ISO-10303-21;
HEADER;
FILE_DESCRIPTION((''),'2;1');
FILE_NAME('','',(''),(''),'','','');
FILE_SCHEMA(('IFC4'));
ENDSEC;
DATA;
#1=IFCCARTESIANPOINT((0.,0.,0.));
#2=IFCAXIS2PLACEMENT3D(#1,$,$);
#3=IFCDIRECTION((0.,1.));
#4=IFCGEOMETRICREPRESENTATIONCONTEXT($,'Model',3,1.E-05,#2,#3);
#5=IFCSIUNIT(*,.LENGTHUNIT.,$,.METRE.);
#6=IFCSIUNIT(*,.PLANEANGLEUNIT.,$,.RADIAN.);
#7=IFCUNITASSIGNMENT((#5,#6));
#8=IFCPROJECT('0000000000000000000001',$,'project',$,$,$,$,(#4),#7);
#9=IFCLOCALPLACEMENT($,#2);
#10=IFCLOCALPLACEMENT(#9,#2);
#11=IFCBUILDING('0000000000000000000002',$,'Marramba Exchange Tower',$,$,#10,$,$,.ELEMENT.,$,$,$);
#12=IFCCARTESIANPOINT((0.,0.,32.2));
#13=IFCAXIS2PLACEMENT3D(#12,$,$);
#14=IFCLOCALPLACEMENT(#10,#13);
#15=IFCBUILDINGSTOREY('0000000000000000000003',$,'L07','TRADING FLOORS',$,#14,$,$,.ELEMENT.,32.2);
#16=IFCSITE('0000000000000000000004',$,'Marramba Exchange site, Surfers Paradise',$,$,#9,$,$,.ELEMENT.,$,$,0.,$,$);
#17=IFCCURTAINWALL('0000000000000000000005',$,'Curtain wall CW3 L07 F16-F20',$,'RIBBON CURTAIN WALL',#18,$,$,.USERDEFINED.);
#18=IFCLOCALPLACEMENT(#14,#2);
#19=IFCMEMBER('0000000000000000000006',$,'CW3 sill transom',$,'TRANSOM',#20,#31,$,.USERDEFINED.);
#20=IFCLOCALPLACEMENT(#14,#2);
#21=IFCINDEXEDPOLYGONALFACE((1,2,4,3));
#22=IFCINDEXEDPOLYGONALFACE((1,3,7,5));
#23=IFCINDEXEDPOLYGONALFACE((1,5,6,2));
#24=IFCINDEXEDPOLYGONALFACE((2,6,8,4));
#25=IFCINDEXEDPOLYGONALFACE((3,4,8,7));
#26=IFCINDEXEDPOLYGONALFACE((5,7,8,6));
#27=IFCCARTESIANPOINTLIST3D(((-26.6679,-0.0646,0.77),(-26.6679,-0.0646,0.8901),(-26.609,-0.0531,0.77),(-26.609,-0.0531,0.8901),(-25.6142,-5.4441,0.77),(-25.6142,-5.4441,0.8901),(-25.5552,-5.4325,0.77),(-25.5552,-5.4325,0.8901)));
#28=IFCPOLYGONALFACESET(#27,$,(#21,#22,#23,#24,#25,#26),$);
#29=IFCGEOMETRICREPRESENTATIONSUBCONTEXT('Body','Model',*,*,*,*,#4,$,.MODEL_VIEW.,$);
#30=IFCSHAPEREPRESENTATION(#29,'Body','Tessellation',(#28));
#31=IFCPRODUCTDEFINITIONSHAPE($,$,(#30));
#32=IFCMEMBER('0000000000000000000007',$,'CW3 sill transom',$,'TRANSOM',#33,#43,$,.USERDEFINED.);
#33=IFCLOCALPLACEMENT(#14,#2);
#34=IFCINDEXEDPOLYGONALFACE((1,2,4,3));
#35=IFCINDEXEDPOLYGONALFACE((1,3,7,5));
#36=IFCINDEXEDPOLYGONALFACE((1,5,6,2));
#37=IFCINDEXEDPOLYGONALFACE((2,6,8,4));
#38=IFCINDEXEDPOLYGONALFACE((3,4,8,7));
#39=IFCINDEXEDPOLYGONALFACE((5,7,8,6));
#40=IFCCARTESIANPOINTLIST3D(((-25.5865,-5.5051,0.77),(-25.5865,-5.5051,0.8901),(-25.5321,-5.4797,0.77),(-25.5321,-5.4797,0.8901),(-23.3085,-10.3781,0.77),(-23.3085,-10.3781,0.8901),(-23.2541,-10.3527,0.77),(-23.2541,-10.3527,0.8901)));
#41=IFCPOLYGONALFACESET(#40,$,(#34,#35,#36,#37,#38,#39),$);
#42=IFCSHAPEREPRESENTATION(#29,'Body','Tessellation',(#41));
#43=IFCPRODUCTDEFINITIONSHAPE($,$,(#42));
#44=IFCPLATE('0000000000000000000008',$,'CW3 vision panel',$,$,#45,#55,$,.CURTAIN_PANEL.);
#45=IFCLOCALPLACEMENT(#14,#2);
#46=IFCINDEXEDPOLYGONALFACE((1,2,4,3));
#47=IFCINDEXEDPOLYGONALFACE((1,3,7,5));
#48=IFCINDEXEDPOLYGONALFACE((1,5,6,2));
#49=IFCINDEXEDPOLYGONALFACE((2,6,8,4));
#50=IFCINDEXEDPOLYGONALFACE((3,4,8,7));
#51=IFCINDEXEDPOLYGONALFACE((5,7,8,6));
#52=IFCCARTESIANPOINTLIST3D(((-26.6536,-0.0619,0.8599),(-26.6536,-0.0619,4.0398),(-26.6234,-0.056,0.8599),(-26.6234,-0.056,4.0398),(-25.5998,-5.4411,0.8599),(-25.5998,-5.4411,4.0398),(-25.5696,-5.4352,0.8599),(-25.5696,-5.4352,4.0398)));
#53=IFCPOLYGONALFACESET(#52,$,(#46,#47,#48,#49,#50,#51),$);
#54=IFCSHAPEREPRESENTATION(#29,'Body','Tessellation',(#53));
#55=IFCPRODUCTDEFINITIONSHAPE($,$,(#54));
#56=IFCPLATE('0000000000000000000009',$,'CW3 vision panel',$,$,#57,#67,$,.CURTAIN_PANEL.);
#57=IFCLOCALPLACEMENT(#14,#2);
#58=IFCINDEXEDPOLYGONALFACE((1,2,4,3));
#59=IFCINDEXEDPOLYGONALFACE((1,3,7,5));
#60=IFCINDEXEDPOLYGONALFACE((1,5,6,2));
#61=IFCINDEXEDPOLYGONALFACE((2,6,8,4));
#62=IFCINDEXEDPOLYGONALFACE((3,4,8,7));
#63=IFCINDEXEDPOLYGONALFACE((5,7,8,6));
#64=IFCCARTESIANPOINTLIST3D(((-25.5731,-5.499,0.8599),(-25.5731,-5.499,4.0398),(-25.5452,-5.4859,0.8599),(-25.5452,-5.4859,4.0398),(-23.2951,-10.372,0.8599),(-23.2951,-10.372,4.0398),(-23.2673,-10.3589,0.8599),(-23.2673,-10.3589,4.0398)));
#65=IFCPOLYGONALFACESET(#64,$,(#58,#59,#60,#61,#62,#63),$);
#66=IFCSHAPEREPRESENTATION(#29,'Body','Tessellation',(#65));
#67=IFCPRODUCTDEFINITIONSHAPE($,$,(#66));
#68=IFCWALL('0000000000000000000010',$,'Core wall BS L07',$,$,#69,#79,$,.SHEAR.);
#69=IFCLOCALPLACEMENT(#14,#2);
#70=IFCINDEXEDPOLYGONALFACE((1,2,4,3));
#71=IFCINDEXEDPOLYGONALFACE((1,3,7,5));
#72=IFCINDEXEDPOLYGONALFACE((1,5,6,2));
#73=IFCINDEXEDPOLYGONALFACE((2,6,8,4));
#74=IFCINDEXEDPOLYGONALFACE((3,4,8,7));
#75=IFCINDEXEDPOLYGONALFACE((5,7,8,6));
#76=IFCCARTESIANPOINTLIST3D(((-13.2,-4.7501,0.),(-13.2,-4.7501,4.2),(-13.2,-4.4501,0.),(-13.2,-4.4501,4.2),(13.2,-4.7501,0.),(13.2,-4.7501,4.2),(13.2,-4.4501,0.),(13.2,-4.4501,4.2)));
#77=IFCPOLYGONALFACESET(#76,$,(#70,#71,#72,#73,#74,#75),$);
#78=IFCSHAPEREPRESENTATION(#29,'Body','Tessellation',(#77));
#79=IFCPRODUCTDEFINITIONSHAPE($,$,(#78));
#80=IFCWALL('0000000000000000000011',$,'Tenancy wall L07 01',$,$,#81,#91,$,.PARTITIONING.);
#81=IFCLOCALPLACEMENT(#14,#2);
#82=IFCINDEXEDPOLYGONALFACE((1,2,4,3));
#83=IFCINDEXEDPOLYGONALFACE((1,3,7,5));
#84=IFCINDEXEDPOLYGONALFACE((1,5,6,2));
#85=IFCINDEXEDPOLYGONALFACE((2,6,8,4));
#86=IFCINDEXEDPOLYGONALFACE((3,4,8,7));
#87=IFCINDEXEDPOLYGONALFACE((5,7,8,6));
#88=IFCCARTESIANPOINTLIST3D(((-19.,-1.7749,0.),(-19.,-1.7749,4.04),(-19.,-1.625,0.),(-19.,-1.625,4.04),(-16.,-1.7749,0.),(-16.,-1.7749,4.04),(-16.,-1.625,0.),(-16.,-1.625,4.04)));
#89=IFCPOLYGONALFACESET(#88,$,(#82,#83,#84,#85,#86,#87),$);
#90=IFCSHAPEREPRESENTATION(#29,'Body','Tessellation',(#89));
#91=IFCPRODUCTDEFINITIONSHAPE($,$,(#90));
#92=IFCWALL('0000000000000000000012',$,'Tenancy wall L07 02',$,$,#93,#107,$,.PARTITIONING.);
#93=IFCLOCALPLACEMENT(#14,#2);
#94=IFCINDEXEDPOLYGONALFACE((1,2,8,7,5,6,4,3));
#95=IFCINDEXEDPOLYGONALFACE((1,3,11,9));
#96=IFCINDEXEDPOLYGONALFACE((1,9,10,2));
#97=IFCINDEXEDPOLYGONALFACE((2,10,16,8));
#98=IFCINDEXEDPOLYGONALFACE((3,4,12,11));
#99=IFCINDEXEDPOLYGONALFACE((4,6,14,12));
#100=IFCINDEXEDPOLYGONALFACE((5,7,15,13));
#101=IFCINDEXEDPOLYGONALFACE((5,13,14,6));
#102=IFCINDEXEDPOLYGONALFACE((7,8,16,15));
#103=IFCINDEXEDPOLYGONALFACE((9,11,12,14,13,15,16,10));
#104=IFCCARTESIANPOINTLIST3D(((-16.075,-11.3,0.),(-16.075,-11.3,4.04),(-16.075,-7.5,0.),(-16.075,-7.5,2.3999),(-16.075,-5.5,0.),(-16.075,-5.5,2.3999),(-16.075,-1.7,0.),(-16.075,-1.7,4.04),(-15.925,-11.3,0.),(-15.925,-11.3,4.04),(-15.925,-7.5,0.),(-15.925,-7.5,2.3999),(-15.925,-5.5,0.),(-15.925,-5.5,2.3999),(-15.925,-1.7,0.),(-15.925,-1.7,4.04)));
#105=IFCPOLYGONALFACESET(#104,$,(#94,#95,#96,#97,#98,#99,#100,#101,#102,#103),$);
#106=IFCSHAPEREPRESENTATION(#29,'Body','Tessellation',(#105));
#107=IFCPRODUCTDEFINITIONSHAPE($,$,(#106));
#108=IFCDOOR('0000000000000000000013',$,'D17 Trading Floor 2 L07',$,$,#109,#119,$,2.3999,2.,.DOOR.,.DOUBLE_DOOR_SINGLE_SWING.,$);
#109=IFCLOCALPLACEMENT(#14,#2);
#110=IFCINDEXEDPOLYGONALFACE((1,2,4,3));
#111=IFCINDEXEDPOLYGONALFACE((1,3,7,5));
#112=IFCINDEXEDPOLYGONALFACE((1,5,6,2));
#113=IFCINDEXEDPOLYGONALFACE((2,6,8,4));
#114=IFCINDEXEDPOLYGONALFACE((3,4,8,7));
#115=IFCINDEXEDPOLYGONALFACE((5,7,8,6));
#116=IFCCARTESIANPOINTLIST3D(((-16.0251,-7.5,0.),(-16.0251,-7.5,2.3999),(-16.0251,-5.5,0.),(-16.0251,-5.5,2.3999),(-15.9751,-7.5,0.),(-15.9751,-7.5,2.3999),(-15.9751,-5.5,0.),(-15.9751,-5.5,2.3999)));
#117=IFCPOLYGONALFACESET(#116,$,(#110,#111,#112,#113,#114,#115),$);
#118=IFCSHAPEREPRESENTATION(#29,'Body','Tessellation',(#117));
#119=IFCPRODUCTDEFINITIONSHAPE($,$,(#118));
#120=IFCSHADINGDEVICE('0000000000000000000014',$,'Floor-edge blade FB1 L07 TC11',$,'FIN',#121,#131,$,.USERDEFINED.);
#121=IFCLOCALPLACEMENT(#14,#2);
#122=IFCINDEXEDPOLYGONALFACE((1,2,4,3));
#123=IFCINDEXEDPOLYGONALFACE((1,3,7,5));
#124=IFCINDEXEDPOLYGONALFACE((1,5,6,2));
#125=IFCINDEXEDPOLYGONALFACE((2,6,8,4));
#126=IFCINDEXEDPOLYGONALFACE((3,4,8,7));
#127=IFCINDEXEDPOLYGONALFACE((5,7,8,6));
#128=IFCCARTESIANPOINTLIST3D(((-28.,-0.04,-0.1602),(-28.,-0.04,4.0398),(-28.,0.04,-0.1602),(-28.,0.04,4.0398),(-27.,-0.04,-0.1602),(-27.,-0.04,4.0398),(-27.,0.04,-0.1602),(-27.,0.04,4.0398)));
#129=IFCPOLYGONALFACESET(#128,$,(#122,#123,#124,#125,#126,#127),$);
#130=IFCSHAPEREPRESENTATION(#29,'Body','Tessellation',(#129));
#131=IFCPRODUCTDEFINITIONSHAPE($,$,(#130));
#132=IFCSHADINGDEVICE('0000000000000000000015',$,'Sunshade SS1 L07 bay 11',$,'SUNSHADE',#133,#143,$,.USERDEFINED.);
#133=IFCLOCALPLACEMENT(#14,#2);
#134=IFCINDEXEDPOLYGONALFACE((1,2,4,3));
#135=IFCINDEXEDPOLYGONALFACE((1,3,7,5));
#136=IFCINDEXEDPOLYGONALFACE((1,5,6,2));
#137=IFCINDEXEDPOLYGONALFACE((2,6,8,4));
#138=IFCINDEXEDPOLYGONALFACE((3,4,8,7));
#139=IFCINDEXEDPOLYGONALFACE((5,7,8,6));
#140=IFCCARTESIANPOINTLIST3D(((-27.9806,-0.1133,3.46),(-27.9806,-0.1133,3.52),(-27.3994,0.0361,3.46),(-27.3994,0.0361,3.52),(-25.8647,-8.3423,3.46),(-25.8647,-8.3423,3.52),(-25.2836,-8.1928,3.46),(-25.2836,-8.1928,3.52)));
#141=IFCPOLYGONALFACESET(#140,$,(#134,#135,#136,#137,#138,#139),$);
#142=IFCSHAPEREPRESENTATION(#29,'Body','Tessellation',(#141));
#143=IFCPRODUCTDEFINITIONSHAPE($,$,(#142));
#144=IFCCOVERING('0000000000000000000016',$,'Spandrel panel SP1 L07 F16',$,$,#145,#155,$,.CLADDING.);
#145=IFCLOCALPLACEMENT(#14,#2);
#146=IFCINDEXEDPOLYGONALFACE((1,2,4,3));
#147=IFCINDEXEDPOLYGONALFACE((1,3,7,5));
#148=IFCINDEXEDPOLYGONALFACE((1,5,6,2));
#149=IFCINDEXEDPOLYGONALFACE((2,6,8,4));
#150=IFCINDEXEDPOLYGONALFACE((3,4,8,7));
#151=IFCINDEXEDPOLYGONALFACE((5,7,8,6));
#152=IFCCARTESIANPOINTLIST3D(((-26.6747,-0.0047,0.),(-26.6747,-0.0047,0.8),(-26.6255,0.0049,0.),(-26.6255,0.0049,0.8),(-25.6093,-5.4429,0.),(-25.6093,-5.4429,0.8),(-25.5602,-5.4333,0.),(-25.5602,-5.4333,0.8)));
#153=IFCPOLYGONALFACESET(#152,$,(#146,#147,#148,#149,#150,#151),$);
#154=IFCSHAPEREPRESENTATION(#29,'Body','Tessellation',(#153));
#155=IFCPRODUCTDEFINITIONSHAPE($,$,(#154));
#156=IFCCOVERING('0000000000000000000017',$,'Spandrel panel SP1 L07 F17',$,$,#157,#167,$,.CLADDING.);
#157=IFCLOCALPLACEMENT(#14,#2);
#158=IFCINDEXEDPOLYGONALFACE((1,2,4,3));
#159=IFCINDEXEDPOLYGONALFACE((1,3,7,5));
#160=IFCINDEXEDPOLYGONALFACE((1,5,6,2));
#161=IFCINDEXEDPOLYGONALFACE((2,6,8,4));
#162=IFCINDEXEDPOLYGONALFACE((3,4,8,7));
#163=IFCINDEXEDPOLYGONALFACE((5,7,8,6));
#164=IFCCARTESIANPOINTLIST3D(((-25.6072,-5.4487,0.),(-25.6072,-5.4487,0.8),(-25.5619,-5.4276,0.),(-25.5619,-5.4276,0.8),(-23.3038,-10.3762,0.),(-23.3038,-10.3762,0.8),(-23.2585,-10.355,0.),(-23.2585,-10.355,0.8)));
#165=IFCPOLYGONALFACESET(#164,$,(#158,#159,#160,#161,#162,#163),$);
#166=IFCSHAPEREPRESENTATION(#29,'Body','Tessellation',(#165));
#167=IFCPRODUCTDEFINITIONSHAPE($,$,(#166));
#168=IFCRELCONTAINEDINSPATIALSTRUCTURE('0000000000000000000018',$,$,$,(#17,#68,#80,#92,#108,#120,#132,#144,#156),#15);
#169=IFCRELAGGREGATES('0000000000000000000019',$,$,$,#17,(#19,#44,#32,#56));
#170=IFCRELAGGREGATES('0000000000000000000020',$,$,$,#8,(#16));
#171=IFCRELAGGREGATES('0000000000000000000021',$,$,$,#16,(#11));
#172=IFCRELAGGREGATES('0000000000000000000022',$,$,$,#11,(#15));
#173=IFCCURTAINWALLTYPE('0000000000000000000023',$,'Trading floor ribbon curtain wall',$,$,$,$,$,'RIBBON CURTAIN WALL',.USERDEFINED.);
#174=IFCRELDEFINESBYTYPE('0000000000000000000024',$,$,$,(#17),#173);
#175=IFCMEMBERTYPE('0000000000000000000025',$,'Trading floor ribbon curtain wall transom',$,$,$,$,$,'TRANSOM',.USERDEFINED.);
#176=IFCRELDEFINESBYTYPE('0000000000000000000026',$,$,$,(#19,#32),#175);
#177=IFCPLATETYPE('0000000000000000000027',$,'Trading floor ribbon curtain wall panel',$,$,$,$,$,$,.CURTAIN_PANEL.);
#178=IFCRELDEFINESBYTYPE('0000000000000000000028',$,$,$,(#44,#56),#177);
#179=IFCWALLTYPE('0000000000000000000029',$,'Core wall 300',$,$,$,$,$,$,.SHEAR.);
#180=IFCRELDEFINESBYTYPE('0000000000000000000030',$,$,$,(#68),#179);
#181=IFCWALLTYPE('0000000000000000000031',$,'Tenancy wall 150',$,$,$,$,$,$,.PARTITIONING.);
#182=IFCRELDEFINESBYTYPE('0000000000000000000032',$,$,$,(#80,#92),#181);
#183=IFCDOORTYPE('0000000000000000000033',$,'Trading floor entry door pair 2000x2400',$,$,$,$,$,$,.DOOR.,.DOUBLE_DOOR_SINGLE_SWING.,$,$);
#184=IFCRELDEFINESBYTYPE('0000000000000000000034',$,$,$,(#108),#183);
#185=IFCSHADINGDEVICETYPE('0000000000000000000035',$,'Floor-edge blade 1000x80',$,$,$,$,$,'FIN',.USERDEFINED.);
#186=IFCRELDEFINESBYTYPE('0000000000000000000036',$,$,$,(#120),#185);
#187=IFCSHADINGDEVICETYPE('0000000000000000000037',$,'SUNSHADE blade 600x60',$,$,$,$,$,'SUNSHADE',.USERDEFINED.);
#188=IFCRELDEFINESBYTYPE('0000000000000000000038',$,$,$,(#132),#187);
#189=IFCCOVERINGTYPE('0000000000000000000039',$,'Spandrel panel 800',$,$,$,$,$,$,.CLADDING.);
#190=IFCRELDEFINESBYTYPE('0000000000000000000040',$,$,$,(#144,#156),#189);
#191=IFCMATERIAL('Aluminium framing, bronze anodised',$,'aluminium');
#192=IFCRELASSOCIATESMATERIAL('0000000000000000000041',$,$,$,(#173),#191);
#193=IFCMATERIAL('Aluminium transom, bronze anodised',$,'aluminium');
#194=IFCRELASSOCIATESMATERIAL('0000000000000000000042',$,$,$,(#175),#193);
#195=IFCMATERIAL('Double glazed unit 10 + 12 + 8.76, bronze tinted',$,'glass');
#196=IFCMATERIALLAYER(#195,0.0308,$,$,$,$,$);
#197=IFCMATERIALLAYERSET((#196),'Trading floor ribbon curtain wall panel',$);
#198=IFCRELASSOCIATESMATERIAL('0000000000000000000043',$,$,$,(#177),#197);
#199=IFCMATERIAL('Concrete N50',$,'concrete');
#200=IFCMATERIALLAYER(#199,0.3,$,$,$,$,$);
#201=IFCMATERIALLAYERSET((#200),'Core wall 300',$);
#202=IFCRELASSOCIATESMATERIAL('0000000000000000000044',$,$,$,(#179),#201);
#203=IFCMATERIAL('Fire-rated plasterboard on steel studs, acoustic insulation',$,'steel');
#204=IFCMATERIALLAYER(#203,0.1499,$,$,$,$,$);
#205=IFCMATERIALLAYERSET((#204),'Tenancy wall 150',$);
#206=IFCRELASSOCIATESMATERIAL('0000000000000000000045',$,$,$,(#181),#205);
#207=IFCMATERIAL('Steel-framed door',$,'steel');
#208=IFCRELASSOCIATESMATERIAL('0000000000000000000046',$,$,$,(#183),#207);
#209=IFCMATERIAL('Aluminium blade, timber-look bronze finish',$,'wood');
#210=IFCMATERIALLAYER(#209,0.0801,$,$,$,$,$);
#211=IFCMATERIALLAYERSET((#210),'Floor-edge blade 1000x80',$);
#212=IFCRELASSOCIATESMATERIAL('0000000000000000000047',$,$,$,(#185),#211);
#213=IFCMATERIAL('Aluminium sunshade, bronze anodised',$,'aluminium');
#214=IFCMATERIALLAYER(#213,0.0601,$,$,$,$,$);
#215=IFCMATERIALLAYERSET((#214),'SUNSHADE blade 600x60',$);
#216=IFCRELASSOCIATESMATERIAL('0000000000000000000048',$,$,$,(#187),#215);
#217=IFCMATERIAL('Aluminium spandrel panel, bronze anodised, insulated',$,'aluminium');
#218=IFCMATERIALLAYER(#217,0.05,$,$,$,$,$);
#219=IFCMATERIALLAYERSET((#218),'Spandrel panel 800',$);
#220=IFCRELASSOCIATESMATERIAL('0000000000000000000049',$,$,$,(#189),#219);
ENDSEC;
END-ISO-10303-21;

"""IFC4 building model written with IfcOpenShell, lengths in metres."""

from ifc_helpers import new_model, si_unit, direction, frame, frame_2d, origin, origin_2d, place, context, subcontext, project, spatial, rectangle, extrude, material, layer, layer_set, material_profile, profile_set, type_object, element, fill, aggregate, save


model = new_model("IFC4")

# Units and contexts
model_context = context("Model", 3, precision=1e-05, world=origin(), true_north=direction((0.0, 1.0)))
body_context = subcontext(model_context, "Body", "Model", "MODEL_VIEW")
ifc_project = project(units=[si_unit("LENGTHUNIT", "METRE"), si_unit("PLANEANGLEUNIT", "RADIAN")], contexts=[model_context])

# Site, building, storey
site_placement = place(None, origin())
site = spatial("IfcSite", under=ifc_project, at=site_placement, Name="Marramba Exchange site, Surfers Paradise", CompositionType="ELEMENT", RefElevation=0.0)
building_placement = place(site_placement, origin())
building = spatial("IfcBuilding", under=site, at=building_placement, Name="Marramba Exchange Tower", CompositionType="ELEMENT")
storey_placement = place(building_placement, frame((0.0, 0.0, 32.2)))
storey = spatial("IfcBuildingStorey", under=building, at=storey_placement, Name="L07", Description="TRADING FLOORS", CompositionType="ELEMENT", Elevation=32.2)

# Shared definitions
ifc_material_1 = material(Name="Concrete N50", Category="concrete")

# Curtain wall, members, plates
ifc_material_2 = material(Name="Aluminium framing, bronze anodised", Category="aluminium")
curtain_wall_type = type_object("IfcCurtainWallType", Name="Trading floor ribbon curtain wall", ElementType="RIBBON CURTAIN WALL", PredefinedType="USERDEFINED", material=ifc_material_2)
curtain_wall_placement = place(storey_placement, origin())
curtain_wall = element("IfcCurtainWall", 1, at=curtain_wall_placement, inside=storey, type_object=curtain_wall_type, Name="Curtain wall CW3 L07 F16-F20", ObjectType="RIBBON CURTAIN WALL", PredefinedType="USERDEFINED")
ifc_material_3 = material(Name="Aluminium transom, bronze anodised", Category="aluminium")
ifc_material_profile_1 = material_profile(ifc_material_3, rectangle(XDim=0.0601, YDim=0.1201, at=origin_2d()), Name="CW3 transom 60x120")
ifc_profile_set_1 = profile_set([ifc_material_profile_1], Name="Aluminium transom, bronze anodised")
member_type_1 = type_object("IfcMemberType", Name="Trading floor ribbon curtain wall transom", ElementType="TRANSOM", PredefinedType="USERDEFINED", material=ifc_profile_set_1)
member_1_placement = place(storey_placement, frame((-26.6384, -0.0588, 0.8301), z_axis=(0.192226, -0.981351, 0.0), x_axis=(0.981351, 0.192226, 0.0)))
member_1 = element("IfcMember", 2, at=member_1_placement, type_object=member_type_1, Name="CW3 sill transom", ObjectType="TRANSOM", PredefinedType="USERDEFINED", context=body_context, shape_type="SweptSolid", body=[
    extrude(rectangle(XDim=0.0601, YDim=0.1201, at=origin_2d()), origin(), (0.0, 0.0, 1.0), 5.4817),
])
member_2_placement = place(storey_placement, frame((-25.5593, -5.4924, 0.8301), z_axis=(0.423494, -0.905899, 0.0), x_axis=(0.905899, 0.423494, 0.0)))
member_2 = element("IfcMember", 3, at=member_2_placement, type_object=member_type_1, Name="CW3 sill transom", ObjectType="TRANSOM", PredefinedType="USERDEFINED", context=body_context, shape_type="SweptSolid", body=[
    extrude(rectangle(XDim=0.0601, YDim=0.1201, at=origin_2d()), origin(), (0.0, 0.0, 1.0), 5.3792),
])
ifc_material_4 = material(Name="Double glazed unit 10 + 12 + 8.76, bronze tinted", Category="glass")
ifc_layer_1 = layer(ifc_material_4, 0.0308)
ifc_layer_set_1 = layer_set([ifc_layer_1], Name="Trading floor ribbon curtain wall panel")
plate_type = type_object("IfcPlateType", Name="Trading floor ribbon curtain wall panel", PredefinedType="CURTAIN_PANEL", material=ifc_layer_set_1)
plate_1_placement = place(storey_placement, frame((-26.1116, -2.7485, 0.8599), z_axis=(0.0, 0.0, 1.0), x_axis=(0.192249, -0.981346, 0.0)))
plate_1 = element("IfcPlate", 4, at=plate_1_placement, type_object=plate_type, Name="CW3 vision panel", PredefinedType="CURTAIN_PANEL", context=body_context, shape_type="SweptSolid", body=[
    extrude(rectangle(XDim=5.4814, YDim=0.0308, at=origin_2d()), origin(), (0.0, 0.0, 1.0), 3.1799),
])
plate_2_placement = place(storey_placement, frame((-24.4202, -7.929, 0.8599), z_axis=(0.0, 0.0, 1.0), x_axis=(0.423477, -0.905907, 0.0)))
plate_2 = element("IfcPlate", 5, at=plate_2_placement, type_object=plate_type, Name="CW3 vision panel", PredefinedType="CURTAIN_PANEL", context=body_context, shape_type="SweptSolid", body=[
    extrude(rectangle(XDim=5.3792, YDim=0.0308, at=origin_2d()), origin(), (0.0, 0.0, 1.0), 3.1799),
])
aggregate(curtain_wall, [member_1, plate_1, member_2, plate_2])

# Walls
ifc_layer_2 = layer(ifc_material_1, 0.3)
ifc_layer_set_2 = layer_set([ifc_layer_2], Name="Core wall 300")
wall_type_1 = type_object("IfcWallType", Name="Core wall 300", PredefinedType="SHEAR", material=ifc_layer_set_2)
wall_1_placement = place(storey_placement, frame((-13.2, -4.6001, 0.0), z_axis=(0.0, 0.0, 1.0), x_axis=(1.0, 0.0, 0.0)))
element("IfcWall", 6, at=wall_1_placement, inside=storey, type_object=wall_type_1, Name="Core wall BS L07", PredefinedType="SHEAR", context=body_context, shape_type="SweptSolid", body=[
    extrude(rectangle(XDim=26.3999, YDim=0.3, at=frame_2d((13.2, 0.0))), origin(), (0.0, 0.0, 1.0), 4.2),
])
ifc_material_5 = material(Name="Fire-rated plasterboard on steel studs, acoustic insulation", Category="steel")
ifc_layer_3 = layer(ifc_material_5, 0.1499)
ifc_layer_set_3 = layer_set([ifc_layer_3], Name="Tenancy wall 150")
wall_type_2 = type_object("IfcWallType", Name="Tenancy wall 150", PredefinedType="PARTITIONING", material=ifc_layer_set_3)
wall_2_placement = place(storey_placement, frame((-19.0, -1.7, 0.0), z_axis=(0.0, 0.0, 1.0), x_axis=(1.0, 0.0, 0.0)))
element("IfcWall", 7, at=wall_2_placement, inside=storey, type_object=wall_type_2, Name="Tenancy wall L07 01", PredefinedType="PARTITIONING", context=body_context, shape_type="SweptSolid", body=[
    extrude(rectangle(XDim=3.0, YDim=0.1499, at=frame_2d((1.5, 0.0))), origin(), (0.0, 0.0, 1.0), 4.04),
])

# Wall, opening, door
wall_3_placement = place(storey_placement, frame((-16.0, -1.7, 0.0), z_axis=(0.0, 0.0, 1.0), x_axis=(0.0, -1.0, 0.0)))
wall_3 = element("IfcWall", 8, at=wall_3_placement, inside=storey, type_object=wall_type_2, Name="Tenancy wall L07 02", PredefinedType="PARTITIONING", context=body_context, shape_type="SweptSolid", body=[
    extrude(rectangle(XDim=9.6001, YDim=0.1499, at=frame_2d((4.8, 0.0))), origin(), (0.0, 0.0, 1.0), 4.04),
])
opening_placement = place(wall_3_placement, frame((3.8, 0.0, 0.0)))
opening = element("IfcOpeningElement", 9, at=opening_placement, cuts=wall_3, PredefinedType="OPENING", context=body_context, shape_type="SweptSolid", body=[
    extrude(rectangle(XDim=2.0, YDim=2.3999, at=frame_2d((1.0, 1.2))), frame((0.0, 0.085, 0.0), z_axis=(0.0, -1.0, 0.0), x_axis=(1.0, 0.0, 0.0)), (0.0, 0.0, 1.0), 0.1699),
])
ifc_material_6 = material(Name="Steel-framed door", Category="steel")
door_type = type_object("IfcDoorType", Name="Trading floor entry door pair 2000x2400", OperationType="DOUBLE_DOOR_SINGLE_SWING", PredefinedType="DOOR", material=ifc_material_6)
door_placement = place(opening_placement, origin())
door = element("IfcDoor", 10, at=door_placement, inside=storey, type_object=door_type, Name="D17 Trading Floor 2 L07", OperationType="DOUBLE_DOOR_SINGLE_SWING", OverallHeight=2.3999, OverallWidth=2.0, PredefinedType="DOOR", context=body_context, shape_type="SweptSolid", body=[
    extrude(rectangle(XDim=2.0, YDim=2.3999, at=frame_2d((1.0, 1.2))), frame((0.0, 0.0249, 0.0), z_axis=(0.0, -1.0, 0.0), x_axis=(1.0, 0.0, 0.0)), (0.0, 0.0, 1.0), 0.05),
])
fill(opening, door)

# Shading devices
ifc_material_7 = material(Name="Aluminium blade, timber-look bronze finish", Category="wood")
ifc_layer_4 = layer(ifc_material_7, 0.0801)
ifc_layer_set_4 = layer_set([ifc_layer_4], Name="Floor-edge blade 1000x80")
shading_device_type_1 = type_object("IfcShadingDeviceType", Name="Floor-edge blade 1000x80", ElementType="FIN", PredefinedType="USERDEFINED", material=ifc_layer_set_4)
shading_device_1_placement = place(storey_placement, frame((-27.5, 0.0, -0.1602), z_axis=(0.0, 0.0, 1.0), x_axis=(-1.0, 0.0, 0.0)))
element("IfcShadingDevice", 11, at=shading_device_1_placement, inside=storey, type_object=shading_device_type_1, Name="Floor-edge blade FB1 L07 TC11", ObjectType="FIN", PredefinedType="USERDEFINED", context=body_context, shape_type="SweptSolid", body=[
    extrude(rectangle(XDim=1.0, YDim=0.0801, at=origin_2d()), origin(), (0.0, 0.0, 1.0), 4.2),
])
ifc_material_8 = material(Name="Aluminium sunshade, bronze anodised", Category="aluminium")
ifc_layer_5 = layer(ifc_material_8, 0.0601)
ifc_layer_set_5 = layer_set([ifc_layer_5], Name="SUNSHADE blade 600x60")
shading_device_type_2 = type_object("IfcShadingDeviceType", Name="SUNSHADE blade 600x60", ElementType="SUNSHADE", PredefinedType="USERDEFINED", material=ifc_layer_set_5)
shading_device_2_placement = place(storey_placement, frame((-26.6321, -4.1531, 3.46), z_axis=(0.0, 0.0, 1.0), x_axis=(0.249025, -0.968497, 0.0)))
element("IfcShadingDevice", 12, at=shading_device_2_placement, inside=storey, type_object=shading_device_type_2, Name="Sunshade SS1 L07 bay 11", ObjectType="SUNSHADE", PredefinedType="USERDEFINED", context=body_context, shape_type="SweptSolid", body=[
    extrude(rectangle(XDim=8.4966, YDim=0.6001, at=origin_2d()), origin(), (0.0, 0.0, 1.0), 0.0601),
])

# Coverings
ifc_material_9 = material(Name="Aluminium spandrel panel, bronze anodised, insulated", Category="aluminium")
ifc_layer_6 = layer(ifc_material_9, 0.05)
ifc_layer_set_6 = layer_set([ifc_layer_6], Name="Spandrel panel 800")
covering_type = type_object("IfcCoveringType", Name="Spandrel panel 800", PredefinedType="CLADDING", material=ifc_layer_set_6)
covering_1_placement = place(storey_placement, frame((-26.1174, -2.719, 0.0), z_axis=(0.0, 0.0, 1.0), x_axis=(0.192249, -0.981346, 0.0)))
element("IfcCovering", 13, at=covering_1_placement, inside=storey, type_object=covering_type, Name="Spandrel panel SP1 L07 F16", PredefinedType="CLADDING", context=body_context, shape_type="SweptSolid", body=[
    extrude(rectangle(XDim=5.5415, YDim=0.05, at=origin_2d()), origin(), (0.0, 0.0, 1.0), 0.8),
])
covering_2_placement = place(storey_placement, frame((-24.4329, -7.9019, 0.0), z_axis=(0.0, 0.0, 1.0), x_axis=(0.423477, -0.905907, 0.0)))
element("IfcCovering", 14, at=covering_2_placement, inside=storey, type_object=covering_type, Name="Spandrel panel SP1 L07 F17", PredefinedType="CLADDING", context=body_context, shape_type="SweptSolid", body=[
    extrude(rectangle(XDim=5.4392, YDim=0.05, at=origin_2d()), origin(), (0.0, 0.0, 1.0), 0.8),
])

save(model, "model.ifc")
